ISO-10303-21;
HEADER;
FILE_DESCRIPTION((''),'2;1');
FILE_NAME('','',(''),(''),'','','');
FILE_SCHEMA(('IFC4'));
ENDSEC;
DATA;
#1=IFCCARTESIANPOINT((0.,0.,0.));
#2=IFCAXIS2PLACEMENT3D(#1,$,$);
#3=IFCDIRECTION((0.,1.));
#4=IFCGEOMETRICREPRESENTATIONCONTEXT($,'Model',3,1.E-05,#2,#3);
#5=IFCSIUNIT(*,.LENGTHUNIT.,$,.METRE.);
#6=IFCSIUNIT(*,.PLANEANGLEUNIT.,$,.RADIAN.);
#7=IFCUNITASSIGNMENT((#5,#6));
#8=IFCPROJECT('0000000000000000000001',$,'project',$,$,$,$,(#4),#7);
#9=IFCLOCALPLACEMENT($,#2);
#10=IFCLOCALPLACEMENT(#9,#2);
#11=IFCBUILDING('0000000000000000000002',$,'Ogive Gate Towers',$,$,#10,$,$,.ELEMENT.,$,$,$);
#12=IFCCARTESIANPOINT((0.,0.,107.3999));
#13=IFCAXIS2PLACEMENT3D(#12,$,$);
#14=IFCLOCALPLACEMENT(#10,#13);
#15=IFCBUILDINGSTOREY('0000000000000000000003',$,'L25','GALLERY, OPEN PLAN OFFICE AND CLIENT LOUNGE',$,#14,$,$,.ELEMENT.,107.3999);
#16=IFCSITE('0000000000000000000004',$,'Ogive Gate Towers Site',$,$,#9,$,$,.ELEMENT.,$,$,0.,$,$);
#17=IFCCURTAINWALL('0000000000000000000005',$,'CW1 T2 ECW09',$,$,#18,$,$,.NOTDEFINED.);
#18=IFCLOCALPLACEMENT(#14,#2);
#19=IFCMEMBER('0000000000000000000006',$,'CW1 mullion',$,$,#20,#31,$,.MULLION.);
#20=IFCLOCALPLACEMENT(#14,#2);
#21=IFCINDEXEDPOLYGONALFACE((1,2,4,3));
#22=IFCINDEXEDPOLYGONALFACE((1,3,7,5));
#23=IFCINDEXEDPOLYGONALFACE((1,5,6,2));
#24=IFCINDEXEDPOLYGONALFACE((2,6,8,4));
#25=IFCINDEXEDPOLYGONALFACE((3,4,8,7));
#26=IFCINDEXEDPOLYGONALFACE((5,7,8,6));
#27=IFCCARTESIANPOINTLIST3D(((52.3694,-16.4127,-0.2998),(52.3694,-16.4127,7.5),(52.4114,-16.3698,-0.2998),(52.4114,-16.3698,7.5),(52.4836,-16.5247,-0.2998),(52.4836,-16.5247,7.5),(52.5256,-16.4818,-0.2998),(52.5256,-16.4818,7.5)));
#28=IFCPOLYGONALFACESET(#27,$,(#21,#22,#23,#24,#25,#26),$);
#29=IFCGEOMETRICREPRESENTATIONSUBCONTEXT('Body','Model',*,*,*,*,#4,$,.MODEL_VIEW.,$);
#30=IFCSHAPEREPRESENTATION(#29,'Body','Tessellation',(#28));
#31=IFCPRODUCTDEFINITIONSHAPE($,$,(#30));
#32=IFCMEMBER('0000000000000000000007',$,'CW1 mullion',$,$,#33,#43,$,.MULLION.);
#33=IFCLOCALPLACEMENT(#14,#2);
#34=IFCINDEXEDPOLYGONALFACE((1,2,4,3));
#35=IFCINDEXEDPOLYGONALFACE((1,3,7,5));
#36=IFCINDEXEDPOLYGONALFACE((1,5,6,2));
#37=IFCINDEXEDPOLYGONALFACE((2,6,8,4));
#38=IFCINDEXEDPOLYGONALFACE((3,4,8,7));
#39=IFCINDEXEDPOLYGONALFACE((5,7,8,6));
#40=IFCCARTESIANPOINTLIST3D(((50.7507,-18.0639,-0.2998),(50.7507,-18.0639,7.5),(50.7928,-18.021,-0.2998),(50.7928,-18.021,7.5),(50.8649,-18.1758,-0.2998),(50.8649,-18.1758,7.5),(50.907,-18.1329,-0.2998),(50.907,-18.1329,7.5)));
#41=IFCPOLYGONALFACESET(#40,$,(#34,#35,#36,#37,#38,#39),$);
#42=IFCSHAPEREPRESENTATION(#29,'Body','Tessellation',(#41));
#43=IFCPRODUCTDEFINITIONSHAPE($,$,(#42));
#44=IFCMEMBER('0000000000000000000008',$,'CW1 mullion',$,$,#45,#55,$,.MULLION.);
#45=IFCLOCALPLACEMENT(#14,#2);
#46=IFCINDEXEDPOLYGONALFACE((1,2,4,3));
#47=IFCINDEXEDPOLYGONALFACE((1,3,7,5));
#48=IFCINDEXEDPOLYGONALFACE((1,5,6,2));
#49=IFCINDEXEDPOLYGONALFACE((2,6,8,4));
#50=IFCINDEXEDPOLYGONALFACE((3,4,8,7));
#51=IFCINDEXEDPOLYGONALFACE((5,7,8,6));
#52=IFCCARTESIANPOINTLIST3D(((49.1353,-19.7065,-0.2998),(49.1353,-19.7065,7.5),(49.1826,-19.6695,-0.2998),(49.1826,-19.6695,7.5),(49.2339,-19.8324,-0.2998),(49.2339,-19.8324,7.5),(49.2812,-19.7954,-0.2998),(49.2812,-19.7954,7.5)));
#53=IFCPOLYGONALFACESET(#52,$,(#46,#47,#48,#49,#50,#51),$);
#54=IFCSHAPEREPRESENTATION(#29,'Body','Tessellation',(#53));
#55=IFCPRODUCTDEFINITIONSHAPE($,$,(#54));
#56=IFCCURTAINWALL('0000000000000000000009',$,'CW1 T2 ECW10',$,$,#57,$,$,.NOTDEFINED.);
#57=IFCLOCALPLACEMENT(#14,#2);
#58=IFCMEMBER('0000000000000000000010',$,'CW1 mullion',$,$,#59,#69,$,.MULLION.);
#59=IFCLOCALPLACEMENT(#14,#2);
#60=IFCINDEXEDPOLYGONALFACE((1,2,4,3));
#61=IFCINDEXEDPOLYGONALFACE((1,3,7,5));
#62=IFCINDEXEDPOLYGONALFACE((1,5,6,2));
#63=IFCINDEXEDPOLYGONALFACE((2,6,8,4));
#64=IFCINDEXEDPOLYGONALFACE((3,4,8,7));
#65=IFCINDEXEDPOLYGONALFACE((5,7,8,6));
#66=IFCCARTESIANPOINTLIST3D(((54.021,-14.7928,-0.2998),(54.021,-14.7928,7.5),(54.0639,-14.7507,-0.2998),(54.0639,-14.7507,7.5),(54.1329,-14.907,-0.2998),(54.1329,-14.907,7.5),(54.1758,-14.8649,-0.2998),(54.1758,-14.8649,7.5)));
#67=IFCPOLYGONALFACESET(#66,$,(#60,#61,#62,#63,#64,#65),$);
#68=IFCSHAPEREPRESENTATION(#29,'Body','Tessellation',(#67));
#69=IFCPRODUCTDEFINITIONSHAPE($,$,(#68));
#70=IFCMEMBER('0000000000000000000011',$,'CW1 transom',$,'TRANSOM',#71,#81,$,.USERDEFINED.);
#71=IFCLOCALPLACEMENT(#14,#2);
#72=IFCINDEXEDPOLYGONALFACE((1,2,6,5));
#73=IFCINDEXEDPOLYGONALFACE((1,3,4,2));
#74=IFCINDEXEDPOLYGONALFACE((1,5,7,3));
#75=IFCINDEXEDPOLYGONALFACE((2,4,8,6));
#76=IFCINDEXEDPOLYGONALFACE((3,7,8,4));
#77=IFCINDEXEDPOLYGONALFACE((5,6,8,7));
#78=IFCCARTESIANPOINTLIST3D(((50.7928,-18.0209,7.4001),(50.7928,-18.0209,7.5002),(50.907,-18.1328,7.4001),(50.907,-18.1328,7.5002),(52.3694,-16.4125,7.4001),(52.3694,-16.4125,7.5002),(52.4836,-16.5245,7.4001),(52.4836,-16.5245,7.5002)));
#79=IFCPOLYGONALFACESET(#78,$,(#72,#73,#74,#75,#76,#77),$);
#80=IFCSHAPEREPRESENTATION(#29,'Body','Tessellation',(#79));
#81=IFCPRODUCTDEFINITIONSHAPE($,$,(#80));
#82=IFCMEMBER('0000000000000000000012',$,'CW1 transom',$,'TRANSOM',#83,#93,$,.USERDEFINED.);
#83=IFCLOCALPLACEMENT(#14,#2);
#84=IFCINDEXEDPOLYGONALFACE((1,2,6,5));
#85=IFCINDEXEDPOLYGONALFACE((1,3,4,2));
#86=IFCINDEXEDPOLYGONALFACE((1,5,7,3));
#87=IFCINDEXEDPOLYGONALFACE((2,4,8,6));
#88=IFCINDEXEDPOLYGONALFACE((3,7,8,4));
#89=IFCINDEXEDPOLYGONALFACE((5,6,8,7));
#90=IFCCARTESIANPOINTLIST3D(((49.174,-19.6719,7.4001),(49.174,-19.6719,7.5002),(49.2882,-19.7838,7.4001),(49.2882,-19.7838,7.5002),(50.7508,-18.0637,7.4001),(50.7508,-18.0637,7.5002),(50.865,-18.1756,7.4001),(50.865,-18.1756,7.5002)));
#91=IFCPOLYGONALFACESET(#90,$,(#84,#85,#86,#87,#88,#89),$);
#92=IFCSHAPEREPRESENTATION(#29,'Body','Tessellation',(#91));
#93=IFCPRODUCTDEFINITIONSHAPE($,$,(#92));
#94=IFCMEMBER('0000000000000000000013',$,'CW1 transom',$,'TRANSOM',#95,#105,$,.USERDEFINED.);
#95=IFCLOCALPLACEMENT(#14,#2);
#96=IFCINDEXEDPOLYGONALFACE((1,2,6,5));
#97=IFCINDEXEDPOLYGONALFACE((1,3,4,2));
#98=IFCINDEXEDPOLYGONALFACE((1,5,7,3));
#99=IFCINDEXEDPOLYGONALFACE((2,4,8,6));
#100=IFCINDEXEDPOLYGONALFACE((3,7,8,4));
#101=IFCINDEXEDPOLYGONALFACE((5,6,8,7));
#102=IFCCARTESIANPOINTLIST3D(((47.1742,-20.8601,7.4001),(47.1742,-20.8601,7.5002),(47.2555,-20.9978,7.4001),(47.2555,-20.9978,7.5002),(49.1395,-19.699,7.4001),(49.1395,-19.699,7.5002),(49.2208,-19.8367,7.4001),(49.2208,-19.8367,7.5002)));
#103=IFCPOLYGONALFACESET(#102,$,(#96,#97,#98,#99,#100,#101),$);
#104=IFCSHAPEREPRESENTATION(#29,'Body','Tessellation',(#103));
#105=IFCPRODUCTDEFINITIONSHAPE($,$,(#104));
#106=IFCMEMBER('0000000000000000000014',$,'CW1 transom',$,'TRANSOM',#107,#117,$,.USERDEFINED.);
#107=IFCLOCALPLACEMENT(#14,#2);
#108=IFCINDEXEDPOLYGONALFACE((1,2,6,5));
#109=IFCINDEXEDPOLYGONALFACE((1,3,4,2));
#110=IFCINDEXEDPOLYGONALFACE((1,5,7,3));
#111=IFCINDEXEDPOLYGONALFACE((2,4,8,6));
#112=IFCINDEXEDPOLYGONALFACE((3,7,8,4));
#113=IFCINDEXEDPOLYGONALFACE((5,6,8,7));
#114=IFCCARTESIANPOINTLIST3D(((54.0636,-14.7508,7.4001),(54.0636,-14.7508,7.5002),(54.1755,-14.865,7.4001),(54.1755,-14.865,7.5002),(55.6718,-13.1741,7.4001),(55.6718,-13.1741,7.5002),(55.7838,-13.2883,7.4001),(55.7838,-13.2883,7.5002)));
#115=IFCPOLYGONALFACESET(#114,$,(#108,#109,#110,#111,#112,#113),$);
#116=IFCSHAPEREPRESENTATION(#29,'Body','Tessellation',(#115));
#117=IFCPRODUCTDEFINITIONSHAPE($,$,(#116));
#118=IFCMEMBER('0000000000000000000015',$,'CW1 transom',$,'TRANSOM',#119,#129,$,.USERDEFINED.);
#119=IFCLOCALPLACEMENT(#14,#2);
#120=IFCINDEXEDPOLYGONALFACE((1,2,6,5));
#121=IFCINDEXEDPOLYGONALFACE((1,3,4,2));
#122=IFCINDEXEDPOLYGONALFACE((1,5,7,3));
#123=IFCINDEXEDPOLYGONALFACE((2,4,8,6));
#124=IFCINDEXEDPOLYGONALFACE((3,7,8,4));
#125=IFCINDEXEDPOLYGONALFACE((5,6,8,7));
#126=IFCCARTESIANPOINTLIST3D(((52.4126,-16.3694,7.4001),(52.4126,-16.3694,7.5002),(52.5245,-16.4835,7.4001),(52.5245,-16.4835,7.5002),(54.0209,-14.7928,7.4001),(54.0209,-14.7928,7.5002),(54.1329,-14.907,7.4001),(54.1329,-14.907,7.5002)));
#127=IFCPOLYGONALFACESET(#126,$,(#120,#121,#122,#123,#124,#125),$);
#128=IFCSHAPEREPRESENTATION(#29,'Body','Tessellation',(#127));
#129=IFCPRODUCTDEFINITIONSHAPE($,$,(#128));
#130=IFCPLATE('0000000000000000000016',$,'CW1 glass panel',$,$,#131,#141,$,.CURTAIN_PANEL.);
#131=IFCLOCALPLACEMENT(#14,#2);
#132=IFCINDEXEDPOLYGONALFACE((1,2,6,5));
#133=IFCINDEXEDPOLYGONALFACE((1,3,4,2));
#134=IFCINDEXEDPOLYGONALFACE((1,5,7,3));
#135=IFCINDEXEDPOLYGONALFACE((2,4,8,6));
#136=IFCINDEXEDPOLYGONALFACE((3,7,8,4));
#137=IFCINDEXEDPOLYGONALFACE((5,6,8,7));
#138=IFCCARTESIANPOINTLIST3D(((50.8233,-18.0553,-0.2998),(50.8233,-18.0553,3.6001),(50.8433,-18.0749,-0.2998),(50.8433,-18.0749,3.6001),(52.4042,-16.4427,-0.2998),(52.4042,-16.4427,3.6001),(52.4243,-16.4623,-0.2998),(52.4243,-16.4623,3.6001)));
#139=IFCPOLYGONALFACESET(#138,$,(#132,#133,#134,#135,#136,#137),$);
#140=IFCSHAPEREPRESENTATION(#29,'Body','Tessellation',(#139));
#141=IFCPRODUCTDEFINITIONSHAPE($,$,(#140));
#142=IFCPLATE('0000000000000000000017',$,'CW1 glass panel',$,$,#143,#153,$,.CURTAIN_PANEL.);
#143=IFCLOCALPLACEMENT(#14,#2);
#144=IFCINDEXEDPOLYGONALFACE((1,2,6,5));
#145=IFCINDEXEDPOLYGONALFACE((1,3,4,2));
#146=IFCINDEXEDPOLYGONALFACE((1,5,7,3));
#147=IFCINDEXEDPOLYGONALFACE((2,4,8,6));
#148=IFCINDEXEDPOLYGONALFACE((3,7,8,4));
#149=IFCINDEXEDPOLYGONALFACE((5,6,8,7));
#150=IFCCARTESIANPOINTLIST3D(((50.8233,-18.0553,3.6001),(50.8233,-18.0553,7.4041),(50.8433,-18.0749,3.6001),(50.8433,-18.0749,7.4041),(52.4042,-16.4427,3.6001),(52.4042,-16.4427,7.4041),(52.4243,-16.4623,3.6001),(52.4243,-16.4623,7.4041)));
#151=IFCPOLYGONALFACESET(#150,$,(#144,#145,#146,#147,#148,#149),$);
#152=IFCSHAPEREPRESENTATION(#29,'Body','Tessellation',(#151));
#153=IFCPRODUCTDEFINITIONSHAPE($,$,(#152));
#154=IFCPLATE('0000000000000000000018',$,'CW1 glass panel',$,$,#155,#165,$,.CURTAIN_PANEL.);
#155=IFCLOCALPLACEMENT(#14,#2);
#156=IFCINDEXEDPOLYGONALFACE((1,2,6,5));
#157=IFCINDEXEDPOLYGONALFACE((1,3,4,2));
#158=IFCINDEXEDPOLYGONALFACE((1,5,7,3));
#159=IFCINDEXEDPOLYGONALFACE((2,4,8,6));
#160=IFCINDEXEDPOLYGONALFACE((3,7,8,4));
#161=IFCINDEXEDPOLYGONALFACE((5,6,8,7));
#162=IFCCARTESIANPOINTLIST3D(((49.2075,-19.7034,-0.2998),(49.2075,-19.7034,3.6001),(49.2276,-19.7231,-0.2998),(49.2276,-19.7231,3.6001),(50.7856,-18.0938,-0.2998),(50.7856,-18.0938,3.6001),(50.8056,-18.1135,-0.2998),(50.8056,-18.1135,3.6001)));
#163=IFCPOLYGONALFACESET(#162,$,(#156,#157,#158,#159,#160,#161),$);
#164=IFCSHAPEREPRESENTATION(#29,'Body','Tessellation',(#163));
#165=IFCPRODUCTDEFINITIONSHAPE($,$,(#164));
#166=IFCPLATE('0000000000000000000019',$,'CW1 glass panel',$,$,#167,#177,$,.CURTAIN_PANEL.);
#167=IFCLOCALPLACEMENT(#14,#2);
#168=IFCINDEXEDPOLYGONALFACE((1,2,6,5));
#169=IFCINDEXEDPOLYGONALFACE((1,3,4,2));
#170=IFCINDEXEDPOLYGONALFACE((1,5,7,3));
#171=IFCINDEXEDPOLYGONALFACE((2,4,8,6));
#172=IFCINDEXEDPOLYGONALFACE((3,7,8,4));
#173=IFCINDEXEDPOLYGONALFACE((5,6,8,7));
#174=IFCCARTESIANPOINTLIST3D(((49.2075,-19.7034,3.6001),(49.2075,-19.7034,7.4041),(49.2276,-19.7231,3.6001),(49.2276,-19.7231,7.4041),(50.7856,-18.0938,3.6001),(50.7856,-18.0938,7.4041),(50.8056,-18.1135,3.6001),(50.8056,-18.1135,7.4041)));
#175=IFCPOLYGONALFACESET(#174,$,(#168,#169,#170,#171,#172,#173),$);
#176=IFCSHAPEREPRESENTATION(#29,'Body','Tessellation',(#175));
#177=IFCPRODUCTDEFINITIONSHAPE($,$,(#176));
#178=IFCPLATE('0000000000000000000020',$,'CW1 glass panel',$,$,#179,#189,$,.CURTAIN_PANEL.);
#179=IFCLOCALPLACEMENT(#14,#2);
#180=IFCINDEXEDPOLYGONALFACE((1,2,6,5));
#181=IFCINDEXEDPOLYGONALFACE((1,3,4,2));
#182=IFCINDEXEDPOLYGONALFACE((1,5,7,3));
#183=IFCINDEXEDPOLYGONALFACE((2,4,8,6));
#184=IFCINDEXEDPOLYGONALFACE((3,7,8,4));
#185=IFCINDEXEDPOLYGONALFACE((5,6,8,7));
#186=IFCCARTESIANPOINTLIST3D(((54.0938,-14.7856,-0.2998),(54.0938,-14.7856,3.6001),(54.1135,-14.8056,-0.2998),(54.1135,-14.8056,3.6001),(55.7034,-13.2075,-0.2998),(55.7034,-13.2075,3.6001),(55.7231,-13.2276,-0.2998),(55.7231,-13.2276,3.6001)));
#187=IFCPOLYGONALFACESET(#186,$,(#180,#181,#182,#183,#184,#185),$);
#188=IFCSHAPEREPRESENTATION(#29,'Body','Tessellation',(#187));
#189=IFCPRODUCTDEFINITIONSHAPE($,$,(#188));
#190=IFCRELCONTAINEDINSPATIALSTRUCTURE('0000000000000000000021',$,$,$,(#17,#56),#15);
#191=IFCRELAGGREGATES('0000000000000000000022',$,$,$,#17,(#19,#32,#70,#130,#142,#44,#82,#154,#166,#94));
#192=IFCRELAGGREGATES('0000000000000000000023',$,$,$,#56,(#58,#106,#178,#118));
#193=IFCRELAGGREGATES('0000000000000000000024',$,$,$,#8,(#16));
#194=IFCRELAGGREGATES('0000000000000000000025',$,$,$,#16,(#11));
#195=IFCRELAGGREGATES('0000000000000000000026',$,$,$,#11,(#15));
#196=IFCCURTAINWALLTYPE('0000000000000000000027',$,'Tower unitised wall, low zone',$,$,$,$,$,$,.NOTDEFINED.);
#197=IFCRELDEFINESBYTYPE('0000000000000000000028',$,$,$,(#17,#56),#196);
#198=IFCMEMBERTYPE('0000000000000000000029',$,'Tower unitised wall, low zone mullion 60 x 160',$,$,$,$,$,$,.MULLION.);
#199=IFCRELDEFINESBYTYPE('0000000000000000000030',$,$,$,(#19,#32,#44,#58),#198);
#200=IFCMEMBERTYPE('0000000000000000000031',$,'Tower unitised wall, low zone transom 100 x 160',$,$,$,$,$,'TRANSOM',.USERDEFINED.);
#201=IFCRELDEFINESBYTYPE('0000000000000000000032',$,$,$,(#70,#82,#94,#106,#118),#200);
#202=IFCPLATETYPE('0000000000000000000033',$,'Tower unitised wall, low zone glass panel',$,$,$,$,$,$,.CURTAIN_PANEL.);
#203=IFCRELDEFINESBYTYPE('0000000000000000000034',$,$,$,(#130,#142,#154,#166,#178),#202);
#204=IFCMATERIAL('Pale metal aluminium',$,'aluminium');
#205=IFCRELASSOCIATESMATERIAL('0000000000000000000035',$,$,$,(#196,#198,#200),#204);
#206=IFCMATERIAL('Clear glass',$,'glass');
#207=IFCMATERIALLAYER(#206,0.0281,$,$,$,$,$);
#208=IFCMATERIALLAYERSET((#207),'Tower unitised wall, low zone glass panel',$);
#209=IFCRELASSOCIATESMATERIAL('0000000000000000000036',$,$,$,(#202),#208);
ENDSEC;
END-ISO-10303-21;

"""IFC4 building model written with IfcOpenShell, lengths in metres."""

from ifc_helpers import new_model, si_unit, direction, frame, origin, origin_2d, place, context, subcontext, project, spatial, rectangle, extrude, material, layer, layer_set, material_profile, profile_set, type_object, element, aggregate, save


model = new_model("IFC4")

# Units and contexts
model_context = context("Model", 3, precision=1e-05, world=origin(), true_north=direction((0.0, 1.0)))
body_context = subcontext(model_context, "Body", "Model", "MODEL_VIEW")
ifc_project = project(units=[si_unit("LENGTHUNIT", "METRE"), si_unit("PLANEANGLEUNIT", "RADIAN")], contexts=[model_context])

# Site, building, storey
site_placement = place(None, origin())
site = spatial("IfcSite", under=ifc_project, at=site_placement, Name="Ogive Gate Towers Site", CompositionType="ELEMENT", RefElevation=0.0)
building_placement = place(site_placement, origin())
building = spatial("IfcBuilding", under=site, at=building_placement, Name="Ogive Gate Towers", CompositionType="ELEMENT")
storey_placement = place(building_placement, frame((0.0, 0.0, 107.3999)))
storey = spatial("IfcBuildingStorey", under=building, at=storey_placement, Name="L25", Description="GALLERY, OPEN PLAN OFFICE AND CLIENT LOUNGE", CompositionType="ELEMENT", Elevation=107.3999)

# Curtain wall, members
ifc_material_1 = material(Name="Pale metal aluminium", Category="aluminium")
curtain_wall_type = type_object("IfcCurtainWallType", Name="Tower unitised wall, low zone", PredefinedType="NOTDEFINED", material=ifc_material_1)
curtain_wall_1_placement = place(storey_placement, origin())
curtain_wall_1 = element("IfcCurtainWall", 1, at=curtain_wall_1_placement, inside=storey, type_object=curtain_wall_type, Name="CW1 T2 ECW09", PredefinedType="NOTDEFINED")
ifc_material_profile_1 = material_profile(ifc_material_1, rectangle(XDim=0.1599, YDim=0.0601, at=origin_2d()), Name="60 x 160 aluminium box")
ifc_profile_set_1 = profile_set([ifc_material_profile_1], Name="Pale metal aluminium")
member_type_1 = type_object("IfcMemberType", Name="Tower unitised wall, low zone mullion 60 x 160", PredefinedType="MULLION", material=ifc_profile_set_1)
member_1_placement = place(storey_placement, frame((52.4475, -16.4473, -0.2998), z_axis=(0.0, 0.0, 1.0), x_axis=(-0.714082, 0.700062, 0.0)))
member_1 = element("IfcMember", 2, at=member_1_placement, type_object=member_type_1, Name="CW1 mullion", PredefinedType="MULLION", context=body_context, shape_type="SweptSolid", body=[
    extrude(rectangle(XDim=0.1599, YDim=0.0601, at=origin_2d()), origin(), (0.0, 0.0, 1.0), 7.7998),
])
member_2_placement = place(storey_placement, frame((50.8289, -18.0984, -0.2998), z_axis=(0.0, 0.0, 1.0), x_axis=(-0.714082, 0.700062, 0.0)))
member_2 = element("IfcMember", 3, at=member_2_placement, type_object=member_type_1, Name="CW1 mullion", PredefinedType="MULLION", context=body_context, shape_type="SweptSolid", body=[
    extrude(rectangle(XDim=0.1599, YDim=0.0601, at=origin_2d()), origin(), (0.0, 0.0, 1.0), 7.7998),
])
member_3_placement = place(storey_placement, frame((49.2083, -19.751, -0.2998), z_axis=(0.0, 0.0, 1.0), x_axis=(-0.616651, 0.787236, 0.0)))
member_3 = element("IfcMember", 4, at=member_3_placement, type_object=member_type_1, Name="CW1 mullion", PredefinedType="MULLION", context=body_context, shape_type="SweptSolid", body=[
    extrude(rectangle(XDim=0.1599, YDim=0.0601, at=origin_2d()), origin(), (0.0, 0.0, 1.0), 7.7998),
])

# Curtain wall, member
curtain_wall_2_placement = place(storey_placement, origin())
curtain_wall_2 = element("IfcCurtainWall", 5, at=curtain_wall_2_placement, inside=storey, type_object=curtain_wall_type, Name="CW1 T2 ECW10", PredefinedType="NOTDEFINED")
member_4_placement = place(storey_placement, frame((54.0984, -14.8289, -0.2998), z_axis=(0.0, 0.0, 1.0), x_axis=(-0.700062, 0.714082, 0.0)))
member_4 = element("IfcMember", 6, at=member_4_placement, type_object=member_type_1, Name="CW1 mullion", PredefinedType="MULLION", context=body_context, shape_type="SweptSolid", body=[
    extrude(rectangle(XDim=0.1599, YDim=0.0601, at=origin_2d()), origin(), (0.0, 0.0, 1.0), 7.7998),
])

# Members
ifc_material_profile_2 = material_profile(ifc_material_1, rectangle(XDim=0.1599, YDim=0.1001, at=origin_2d()), Name="100 x 160 aluminium box")
ifc_profile_set_2 = profile_set([ifc_material_profile_2], Name="Pale metal aluminium")
member_type_2 = type_object("IfcMemberType", Name="Tower unitised wall, low zone transom 100 x 160", ElementType="TRANSOM", PredefinedType="USERDEFINED", material=ifc_profile_set_2)
member_5_placement = place(storey_placement, frame((52.4265, -16.4685, 7.4502), z_axis=(-0.700026, -0.714117, 0.0), x_axis=(0.714117, -0.700026, 0.0)))
member_5 = element("IfcMember", 7, at=member_5_placement, type_object=member_type_2, Name="CW1 transom", ObjectType="TRANSOM", PredefinedType="USERDEFINED", context=body_context, shape_type="SweptSolid", body=[
    extrude(rectangle(XDim=0.1599, YDim=0.1001, at=origin_2d()), origin(), (0.0, 0.0, 1.0), 2.2522),
])
member_6_placement = place(storey_placement, frame((50.8079, -18.1196, 7.4502), z_axis=(-0.70008, -0.714064, 0.0), x_axis=(0.714064, -0.70008, 0.0)))
member_6 = element("IfcMember", 8, at=member_6_placement, type_object=member_type_2, Name="CW1 transom", ObjectType="TRANSOM", PredefinedType="USERDEFINED", context=body_context, shape_type="SweptSolid", body=[
    extrude(rectangle(XDim=0.1599, YDim=0.1001, at=origin_2d()), origin(), (0.0, 0.0, 1.0), 2.2522),
])
member_7_placement = place(storey_placement, frame((49.1802, -19.7678, 7.4502), z_axis=(-0.860965, -0.508664, 0.0), x_axis=(0.508664, -0.860965, 0.0)))
member_7 = element("IfcMember", 9, at=member_7_placement, type_object=member_type_2, Name="CW1 transom", ObjectType="TRANSOM", PredefinedType="USERDEFINED", context=body_context, shape_type="SweptSolid", body=[
    extrude(rectangle(XDim=0.1599, YDim=0.1001, at=origin_2d()), origin(), (0.0, 0.0, 1.0), 2.2827),
])
member_8_placement = place(storey_placement, frame((55.7278, -13.2312, 7.4502), z_axis=(-0.714064, -0.70008, 0.0), x_axis=(0.70008, -0.714064, 0.0)))
member_8 = element("IfcMember", 10, at=member_8_placement, type_object=member_type_2, Name="CW1 transom", ObjectType="TRANSOM", PredefinedType="USERDEFINED", context=body_context, shape_type="SweptSolid", body=[
    extrude(rectangle(XDim=0.1599, YDim=0.1001, at=origin_2d()), origin(), (0.0, 0.0, 1.0), 2.2522),
])
member_9_placement = place(storey_placement, frame((54.0769, -14.8499, 7.4502), z_axis=(-0.714117, -0.700026, 0.0), x_axis=(0.700026, -0.714117, 0.0)))
member_9 = element("IfcMember", 11, at=member_9_placement, type_object=member_type_2, Name="CW1 transom", ObjectType="TRANSOM", PredefinedType="USERDEFINED", context=body_context, shape_type="SweptSolid", body=[
    extrude(rectangle(XDim=0.1599, YDim=0.1001, at=origin_2d()), origin(), (0.0, 0.0, 1.0), 2.2522),
])

# Plates
ifc_material_2 = material(Name="Clear glass", Category="glass")
ifc_layer_1 = layer(ifc_material_2, 0.0281)
ifc_layer_set_1 = layer_set([ifc_layer_1], Name="Tower unitised wall, low zone glass panel")
plate_type = type_object("IfcPlateType", Name="Tower unitised wall, low zone glass panel", PredefinedType="CURTAIN_PANEL", material=ifc_layer_set_1)
plate_1_placement = place(storey_placement, frame((51.6238, -17.2588, -0.2998), z_axis=(0.0, 0.0, 1.0), x_axis=(-0.700062, -0.714082, 0.0)))
plate_1 = element("IfcPlate", 12, at=plate_1_placement, type_object=plate_type, Name="CW1 glass panel", PredefinedType="CURTAIN_PANEL", context=body_context, shape_type="SweptSolid", body=[
    extrude(rectangle(XDim=2.2583, YDim=0.0281, at=origin_2d()), origin(), (0.0, 0.0, 1.0), 3.8999),
])
plate_2_placement = place(storey_placement, frame((51.6238, -17.2588, 3.6001), z_axis=(0.0, 0.0, 1.0), x_axis=(-0.700062, -0.714082, 0.0)))
plate_2 = element("IfcPlate", 13, at=plate_2_placement, type_object=plate_type, Name="CW1 glass panel", PredefinedType="CURTAIN_PANEL", context=body_context, shape_type="SweptSolid", body=[
    extrude(rectangle(XDim=2.2583, YDim=0.0281, at=origin_2d()), origin(), (0.0, 0.0, 1.0), 3.804),
])
plate_3_placement = place(storey_placement, frame((50.0066, -18.9084, -0.2998), z_axis=(0.0, 0.0, 1.0), x_axis=(-0.700062, -0.714082, 0.0)))
plate_3 = element("IfcPlate", 14, at=plate_3_placement, type_object=plate_type, Name="CW1 glass panel", PredefinedType="CURTAIN_PANEL", context=body_context, shape_type="SweptSolid", body=[
    extrude(rectangle(XDim=2.2542, YDim=0.0281, at=origin_2d()), origin(), (0.0, 0.0, 1.0), 3.8999),
])
plate_4_placement = place(storey_placement, frame((50.0066, -18.9084, 3.6001), z_axis=(0.0, 0.0, 1.0), x_axis=(-0.700062, -0.714082, 0.0)))
plate_4 = element("IfcPlate", 15, at=plate_4_placement, type_object=plate_type, Name="CW1 glass panel", PredefinedType="CURTAIN_PANEL", context=body_context, shape_type="SweptSolid", body=[
    extrude(rectangle(XDim=2.2542, YDim=0.0281, at=origin_2d()), origin(), (0.0, 0.0, 1.0), 3.804),
])
aggregate(curtain_wall_1, [member_1, member_2, member_5, plate_1, plate_2, member_3, member_6, plate_3, plate_4, member_7])
plate_5_placement = place(storey_placement, frame((54.9084, -14.0066, -0.2998), z_axis=(0.0, 0.0, 1.0), x_axis=(-0.714082, -0.700062, 0.0)))
plate_5 = element("IfcPlate", 16, at=plate_5_placement, type_object=plate_type, Name="CW1 glass panel", PredefinedType="CURTAIN_PANEL", context=body_context, shape_type="SweptSolid", body=[
    extrude(rectangle(XDim=2.2542, YDim=0.0281, at=origin_2d()), origin(), (0.0, 0.0, 1.0), 3.8999),
])
aggregate(curtain_wall_2, [member_4, member_8, plate_5, member_9])

save(model, "model.ifc")
